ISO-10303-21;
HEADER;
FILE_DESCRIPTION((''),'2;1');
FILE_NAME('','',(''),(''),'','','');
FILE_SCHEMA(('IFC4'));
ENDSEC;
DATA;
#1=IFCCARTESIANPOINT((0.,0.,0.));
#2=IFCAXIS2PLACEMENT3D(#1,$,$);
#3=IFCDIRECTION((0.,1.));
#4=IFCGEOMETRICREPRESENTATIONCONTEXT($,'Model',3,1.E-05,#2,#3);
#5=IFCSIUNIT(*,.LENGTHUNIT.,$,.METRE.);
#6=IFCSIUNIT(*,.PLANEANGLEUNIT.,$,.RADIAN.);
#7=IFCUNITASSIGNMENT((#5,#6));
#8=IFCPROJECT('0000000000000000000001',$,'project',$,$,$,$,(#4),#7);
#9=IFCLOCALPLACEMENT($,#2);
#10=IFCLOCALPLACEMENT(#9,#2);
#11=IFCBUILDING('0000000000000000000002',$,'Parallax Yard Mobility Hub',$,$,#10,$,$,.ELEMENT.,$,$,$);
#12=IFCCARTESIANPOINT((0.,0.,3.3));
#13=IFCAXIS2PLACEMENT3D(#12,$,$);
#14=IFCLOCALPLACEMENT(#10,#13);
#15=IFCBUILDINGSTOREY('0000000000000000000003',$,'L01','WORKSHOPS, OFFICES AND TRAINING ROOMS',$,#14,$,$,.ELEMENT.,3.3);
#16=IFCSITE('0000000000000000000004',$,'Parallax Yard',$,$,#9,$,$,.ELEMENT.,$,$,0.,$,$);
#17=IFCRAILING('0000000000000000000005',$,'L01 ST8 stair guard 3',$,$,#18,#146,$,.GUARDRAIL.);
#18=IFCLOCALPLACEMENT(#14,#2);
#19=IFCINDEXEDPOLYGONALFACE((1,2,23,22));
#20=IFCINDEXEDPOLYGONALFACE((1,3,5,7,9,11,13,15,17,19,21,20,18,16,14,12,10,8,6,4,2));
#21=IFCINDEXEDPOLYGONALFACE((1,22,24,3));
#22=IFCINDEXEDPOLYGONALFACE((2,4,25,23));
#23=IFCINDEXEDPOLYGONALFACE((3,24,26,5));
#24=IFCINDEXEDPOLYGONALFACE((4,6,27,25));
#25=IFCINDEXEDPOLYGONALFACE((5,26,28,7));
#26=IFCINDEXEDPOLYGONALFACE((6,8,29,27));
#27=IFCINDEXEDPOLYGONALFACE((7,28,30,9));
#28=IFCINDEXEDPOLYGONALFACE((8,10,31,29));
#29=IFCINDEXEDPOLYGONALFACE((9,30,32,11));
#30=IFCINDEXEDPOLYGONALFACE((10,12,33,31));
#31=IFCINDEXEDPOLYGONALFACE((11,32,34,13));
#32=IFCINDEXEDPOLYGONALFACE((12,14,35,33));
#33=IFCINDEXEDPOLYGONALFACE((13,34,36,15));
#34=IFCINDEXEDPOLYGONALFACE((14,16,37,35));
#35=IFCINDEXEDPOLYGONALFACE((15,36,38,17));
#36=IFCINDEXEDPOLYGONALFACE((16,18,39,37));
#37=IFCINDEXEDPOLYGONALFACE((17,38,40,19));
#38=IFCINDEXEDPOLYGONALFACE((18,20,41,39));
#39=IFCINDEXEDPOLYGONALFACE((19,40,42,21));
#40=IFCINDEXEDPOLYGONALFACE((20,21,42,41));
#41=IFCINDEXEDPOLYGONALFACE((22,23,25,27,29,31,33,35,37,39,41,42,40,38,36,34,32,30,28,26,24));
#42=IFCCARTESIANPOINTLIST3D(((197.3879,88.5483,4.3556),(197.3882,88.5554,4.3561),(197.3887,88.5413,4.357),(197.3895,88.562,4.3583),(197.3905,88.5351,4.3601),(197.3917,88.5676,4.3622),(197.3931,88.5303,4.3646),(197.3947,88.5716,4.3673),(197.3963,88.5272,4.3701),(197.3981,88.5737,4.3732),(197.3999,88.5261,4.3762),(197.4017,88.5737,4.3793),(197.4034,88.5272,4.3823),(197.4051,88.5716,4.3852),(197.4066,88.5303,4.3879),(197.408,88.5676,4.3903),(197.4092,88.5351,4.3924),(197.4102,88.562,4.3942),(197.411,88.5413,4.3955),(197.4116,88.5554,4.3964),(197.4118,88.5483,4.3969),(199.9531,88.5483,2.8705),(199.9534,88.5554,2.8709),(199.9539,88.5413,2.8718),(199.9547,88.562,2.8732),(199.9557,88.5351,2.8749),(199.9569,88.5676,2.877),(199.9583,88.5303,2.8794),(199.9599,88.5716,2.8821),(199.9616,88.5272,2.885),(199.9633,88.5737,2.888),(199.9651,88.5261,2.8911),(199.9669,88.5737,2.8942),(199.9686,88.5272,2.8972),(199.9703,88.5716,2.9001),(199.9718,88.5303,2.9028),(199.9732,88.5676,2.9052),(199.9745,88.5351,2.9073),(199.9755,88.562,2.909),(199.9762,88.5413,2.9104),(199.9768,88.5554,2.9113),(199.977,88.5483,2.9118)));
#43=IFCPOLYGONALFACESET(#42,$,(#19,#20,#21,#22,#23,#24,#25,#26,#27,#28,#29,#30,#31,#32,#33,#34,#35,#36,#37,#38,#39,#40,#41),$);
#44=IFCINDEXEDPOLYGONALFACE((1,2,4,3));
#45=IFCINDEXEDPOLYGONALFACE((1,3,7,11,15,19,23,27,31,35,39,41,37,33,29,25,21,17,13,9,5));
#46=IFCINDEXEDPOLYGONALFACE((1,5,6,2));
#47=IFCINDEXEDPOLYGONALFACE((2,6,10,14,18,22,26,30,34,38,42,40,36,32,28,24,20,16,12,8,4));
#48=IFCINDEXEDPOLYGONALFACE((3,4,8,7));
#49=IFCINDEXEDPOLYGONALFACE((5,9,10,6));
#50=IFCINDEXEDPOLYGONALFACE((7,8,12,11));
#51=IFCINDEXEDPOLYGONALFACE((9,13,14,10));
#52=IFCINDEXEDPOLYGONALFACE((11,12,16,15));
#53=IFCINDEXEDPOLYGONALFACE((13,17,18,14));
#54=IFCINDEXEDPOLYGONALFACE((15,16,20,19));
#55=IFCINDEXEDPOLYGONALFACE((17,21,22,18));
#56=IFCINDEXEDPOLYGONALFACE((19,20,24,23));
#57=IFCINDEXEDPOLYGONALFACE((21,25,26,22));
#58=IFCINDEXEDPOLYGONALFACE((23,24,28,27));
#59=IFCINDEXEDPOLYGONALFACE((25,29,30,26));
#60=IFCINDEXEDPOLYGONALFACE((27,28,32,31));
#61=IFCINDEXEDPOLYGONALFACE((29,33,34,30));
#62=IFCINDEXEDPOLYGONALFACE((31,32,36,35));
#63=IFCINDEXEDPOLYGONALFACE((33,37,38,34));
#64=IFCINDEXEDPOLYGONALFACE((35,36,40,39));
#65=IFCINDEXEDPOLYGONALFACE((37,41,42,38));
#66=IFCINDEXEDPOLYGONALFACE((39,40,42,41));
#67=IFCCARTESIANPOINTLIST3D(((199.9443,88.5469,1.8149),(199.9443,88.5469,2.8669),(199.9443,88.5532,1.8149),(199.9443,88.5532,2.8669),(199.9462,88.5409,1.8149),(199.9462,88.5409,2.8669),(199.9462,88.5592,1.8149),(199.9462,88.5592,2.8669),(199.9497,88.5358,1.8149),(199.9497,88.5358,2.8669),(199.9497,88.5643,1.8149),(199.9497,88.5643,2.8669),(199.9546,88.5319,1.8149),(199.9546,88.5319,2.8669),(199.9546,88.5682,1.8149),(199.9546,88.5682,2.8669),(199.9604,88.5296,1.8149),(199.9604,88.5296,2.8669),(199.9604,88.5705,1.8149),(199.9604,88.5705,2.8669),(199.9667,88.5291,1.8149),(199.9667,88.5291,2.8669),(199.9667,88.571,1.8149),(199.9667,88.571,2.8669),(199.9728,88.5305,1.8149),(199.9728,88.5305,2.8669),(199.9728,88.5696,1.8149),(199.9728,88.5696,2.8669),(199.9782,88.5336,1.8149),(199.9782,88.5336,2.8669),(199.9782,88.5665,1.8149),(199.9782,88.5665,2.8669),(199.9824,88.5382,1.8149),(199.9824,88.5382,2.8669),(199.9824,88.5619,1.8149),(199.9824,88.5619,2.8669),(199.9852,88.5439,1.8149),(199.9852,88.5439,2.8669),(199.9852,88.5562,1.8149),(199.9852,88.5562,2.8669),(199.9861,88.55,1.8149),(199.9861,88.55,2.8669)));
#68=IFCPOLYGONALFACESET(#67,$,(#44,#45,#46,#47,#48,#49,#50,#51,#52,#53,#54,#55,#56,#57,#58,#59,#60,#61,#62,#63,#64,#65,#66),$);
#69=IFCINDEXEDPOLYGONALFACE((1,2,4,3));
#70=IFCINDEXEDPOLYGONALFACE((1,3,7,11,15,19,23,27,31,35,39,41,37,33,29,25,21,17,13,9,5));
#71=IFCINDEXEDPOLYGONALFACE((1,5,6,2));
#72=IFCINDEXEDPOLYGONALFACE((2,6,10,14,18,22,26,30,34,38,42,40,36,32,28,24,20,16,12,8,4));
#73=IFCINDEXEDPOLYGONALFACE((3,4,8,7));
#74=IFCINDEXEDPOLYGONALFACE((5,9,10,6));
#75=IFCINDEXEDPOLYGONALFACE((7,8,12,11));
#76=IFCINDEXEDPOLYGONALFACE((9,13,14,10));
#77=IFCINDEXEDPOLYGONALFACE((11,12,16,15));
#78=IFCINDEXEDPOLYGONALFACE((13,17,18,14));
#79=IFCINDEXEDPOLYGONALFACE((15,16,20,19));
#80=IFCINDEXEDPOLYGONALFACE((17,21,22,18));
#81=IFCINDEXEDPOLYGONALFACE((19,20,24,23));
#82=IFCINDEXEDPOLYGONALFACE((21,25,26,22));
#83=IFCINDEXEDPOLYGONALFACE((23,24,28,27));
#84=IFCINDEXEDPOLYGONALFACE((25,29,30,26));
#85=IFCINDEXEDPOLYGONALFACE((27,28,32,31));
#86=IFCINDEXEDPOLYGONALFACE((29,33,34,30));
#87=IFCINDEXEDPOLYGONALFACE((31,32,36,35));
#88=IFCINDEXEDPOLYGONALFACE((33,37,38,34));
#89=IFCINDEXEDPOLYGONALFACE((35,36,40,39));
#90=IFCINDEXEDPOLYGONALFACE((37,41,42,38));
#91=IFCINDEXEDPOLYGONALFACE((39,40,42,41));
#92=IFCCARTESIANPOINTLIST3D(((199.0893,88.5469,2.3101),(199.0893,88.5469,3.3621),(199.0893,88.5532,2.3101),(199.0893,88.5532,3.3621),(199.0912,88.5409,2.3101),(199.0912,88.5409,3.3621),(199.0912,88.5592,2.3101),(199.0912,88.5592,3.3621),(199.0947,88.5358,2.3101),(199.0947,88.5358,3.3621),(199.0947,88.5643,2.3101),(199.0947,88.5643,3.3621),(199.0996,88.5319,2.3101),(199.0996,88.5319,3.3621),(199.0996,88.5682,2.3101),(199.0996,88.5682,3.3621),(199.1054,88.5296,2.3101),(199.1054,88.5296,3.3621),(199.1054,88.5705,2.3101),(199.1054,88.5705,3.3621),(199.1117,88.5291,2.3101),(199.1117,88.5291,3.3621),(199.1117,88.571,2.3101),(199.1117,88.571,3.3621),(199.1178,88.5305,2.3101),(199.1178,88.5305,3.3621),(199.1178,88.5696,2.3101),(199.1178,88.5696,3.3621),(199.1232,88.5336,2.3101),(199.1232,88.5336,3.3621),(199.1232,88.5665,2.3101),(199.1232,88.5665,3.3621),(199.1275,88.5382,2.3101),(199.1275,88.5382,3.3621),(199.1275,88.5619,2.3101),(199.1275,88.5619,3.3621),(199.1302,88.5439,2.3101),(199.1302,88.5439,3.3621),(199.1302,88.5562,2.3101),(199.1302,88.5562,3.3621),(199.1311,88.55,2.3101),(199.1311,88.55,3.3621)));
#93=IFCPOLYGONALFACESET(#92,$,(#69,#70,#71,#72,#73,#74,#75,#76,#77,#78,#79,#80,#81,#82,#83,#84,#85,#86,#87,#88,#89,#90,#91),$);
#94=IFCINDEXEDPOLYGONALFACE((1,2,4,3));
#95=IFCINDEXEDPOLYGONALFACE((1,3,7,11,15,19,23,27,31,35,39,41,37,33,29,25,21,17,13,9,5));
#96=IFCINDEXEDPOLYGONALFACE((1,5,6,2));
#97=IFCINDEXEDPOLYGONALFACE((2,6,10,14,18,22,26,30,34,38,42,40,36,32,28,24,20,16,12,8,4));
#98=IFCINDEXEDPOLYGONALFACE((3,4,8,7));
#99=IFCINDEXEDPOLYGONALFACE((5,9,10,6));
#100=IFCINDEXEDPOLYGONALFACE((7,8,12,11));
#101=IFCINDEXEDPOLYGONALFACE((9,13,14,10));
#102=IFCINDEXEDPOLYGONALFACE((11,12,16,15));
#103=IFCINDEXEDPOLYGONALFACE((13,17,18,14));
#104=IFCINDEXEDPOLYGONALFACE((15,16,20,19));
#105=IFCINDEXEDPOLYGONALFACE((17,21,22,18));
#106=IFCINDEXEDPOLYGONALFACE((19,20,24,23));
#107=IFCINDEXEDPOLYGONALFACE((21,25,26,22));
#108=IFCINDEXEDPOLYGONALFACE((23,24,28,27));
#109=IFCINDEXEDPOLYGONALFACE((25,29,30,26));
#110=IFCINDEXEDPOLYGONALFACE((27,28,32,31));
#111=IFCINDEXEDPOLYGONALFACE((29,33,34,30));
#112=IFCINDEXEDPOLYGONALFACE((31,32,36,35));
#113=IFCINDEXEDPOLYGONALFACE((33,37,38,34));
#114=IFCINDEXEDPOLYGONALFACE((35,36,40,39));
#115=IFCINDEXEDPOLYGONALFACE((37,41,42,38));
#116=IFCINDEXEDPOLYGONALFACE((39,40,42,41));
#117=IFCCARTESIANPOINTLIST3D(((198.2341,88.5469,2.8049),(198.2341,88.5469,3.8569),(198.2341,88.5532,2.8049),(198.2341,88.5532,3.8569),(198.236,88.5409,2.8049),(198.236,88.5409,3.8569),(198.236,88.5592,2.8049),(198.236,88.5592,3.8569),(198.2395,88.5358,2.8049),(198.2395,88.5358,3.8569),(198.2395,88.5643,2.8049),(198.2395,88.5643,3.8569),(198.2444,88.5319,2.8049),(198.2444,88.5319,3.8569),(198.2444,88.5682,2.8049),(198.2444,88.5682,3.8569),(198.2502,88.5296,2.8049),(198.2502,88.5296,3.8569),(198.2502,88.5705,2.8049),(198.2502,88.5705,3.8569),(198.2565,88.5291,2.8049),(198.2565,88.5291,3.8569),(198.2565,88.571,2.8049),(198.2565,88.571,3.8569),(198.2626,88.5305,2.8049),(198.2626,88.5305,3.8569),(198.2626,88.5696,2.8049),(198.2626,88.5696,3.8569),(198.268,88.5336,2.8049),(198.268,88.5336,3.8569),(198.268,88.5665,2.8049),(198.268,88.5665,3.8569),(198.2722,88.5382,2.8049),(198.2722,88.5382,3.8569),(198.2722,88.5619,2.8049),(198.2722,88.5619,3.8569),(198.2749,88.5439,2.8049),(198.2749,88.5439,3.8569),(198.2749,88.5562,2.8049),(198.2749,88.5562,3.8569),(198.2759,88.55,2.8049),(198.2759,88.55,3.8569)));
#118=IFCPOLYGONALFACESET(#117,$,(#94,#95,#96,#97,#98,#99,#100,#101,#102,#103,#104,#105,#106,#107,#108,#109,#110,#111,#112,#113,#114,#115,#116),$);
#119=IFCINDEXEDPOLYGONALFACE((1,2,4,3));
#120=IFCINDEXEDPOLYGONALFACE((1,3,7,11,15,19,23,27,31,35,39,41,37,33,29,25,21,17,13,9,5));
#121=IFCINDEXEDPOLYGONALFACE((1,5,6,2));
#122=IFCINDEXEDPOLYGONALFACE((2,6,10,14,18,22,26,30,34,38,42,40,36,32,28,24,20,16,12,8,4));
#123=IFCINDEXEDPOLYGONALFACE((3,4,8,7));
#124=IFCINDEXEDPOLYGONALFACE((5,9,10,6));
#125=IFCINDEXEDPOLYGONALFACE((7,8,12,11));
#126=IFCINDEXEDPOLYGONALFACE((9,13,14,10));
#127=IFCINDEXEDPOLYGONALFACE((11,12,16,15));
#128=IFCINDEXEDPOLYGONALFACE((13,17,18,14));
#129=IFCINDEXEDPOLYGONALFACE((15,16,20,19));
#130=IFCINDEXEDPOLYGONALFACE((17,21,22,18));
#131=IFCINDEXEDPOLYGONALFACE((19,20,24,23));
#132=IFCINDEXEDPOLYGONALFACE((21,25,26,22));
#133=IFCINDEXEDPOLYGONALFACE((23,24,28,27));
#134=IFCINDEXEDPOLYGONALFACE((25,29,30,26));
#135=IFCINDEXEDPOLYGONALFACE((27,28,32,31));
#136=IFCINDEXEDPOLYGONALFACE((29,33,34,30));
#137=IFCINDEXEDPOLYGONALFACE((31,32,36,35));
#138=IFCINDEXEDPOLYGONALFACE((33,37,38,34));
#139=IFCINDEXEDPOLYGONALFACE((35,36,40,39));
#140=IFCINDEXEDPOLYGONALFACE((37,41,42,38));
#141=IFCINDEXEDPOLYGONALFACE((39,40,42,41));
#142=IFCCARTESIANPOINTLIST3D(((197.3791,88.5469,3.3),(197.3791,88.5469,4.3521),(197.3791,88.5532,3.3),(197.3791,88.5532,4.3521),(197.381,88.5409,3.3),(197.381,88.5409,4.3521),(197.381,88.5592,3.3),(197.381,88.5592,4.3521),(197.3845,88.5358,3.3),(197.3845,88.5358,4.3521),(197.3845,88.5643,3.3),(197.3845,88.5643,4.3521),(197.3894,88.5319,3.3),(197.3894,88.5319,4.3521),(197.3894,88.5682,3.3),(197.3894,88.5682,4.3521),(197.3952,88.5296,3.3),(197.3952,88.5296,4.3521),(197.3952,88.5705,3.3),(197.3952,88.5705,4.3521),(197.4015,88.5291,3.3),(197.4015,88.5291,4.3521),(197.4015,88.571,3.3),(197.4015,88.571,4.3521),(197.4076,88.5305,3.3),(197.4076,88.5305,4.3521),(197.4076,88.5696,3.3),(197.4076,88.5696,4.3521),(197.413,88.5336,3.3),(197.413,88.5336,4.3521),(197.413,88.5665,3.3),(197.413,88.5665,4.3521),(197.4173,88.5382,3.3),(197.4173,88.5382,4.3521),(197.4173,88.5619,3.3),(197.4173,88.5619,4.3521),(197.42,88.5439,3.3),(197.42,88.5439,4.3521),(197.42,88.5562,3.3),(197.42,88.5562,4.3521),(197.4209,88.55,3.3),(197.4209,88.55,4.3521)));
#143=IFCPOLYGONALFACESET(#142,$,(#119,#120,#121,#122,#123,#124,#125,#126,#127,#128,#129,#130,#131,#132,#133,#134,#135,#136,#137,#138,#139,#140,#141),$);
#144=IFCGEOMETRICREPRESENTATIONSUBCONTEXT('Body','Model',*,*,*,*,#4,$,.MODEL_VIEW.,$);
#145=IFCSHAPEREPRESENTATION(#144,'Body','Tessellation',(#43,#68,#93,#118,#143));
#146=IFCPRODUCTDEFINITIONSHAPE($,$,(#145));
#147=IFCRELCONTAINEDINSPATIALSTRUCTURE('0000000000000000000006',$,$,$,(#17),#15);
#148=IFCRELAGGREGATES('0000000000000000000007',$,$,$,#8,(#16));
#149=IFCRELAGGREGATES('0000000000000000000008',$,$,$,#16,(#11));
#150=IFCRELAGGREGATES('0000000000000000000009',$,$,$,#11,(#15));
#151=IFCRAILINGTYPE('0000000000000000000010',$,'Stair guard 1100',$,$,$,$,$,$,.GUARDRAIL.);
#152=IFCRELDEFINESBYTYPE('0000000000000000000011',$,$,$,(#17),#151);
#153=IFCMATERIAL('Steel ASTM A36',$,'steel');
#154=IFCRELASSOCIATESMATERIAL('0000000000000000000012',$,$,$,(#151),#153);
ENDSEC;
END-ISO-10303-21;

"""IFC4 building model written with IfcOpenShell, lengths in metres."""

from ifc_helpers import new_model, si_unit, direction, frame, origin, origin_2d, place, context, subcontext, project, spatial, circle, extrude, material, type_object, element, save


model = new_model("IFC4")

# Units and contexts
model_context = context("Model", 3, precision=1e-05, world=origin(), true_north=direction((0.0, 1.0)))
body_context = subcontext(model_context, "Body", "Model", "MODEL_VIEW")
ifc_project = project(units=[si_unit("LENGTHUNIT", "METRE"), si_unit("PLANEANGLEUNIT", "RADIAN")], contexts=[model_context])

# Site, building, storey
site_placement = place(None, origin())
site = spatial("IfcSite", under=ifc_project, at=site_placement, Name="Parallax Yard", CompositionType="ELEMENT", RefElevation=0.0)
building_placement = place(site_placement, origin())
building = spatial("IfcBuilding", under=site, at=building_placement, Name="Parallax Yard Mobility Hub", CompositionType="ELEMENT")
storey_placement = place(building_placement, frame((0.0, 0.0, 3.3)))
storey = spatial("IfcBuildingStorey", under=building, at=storey_placement, Name="L01", Description="WORKSHOPS, OFFICES AND TRAINING ROOMS", CompositionType="ELEMENT", Elevation=3.3)

# Railing
ifc_material_1 = material(Name="Steel ASTM A36", Category="steel")
railing_type_1 = type_object("IfcRailingType", Name="Stair guard 1100", PredefinedType="GUARDRAIL", material=ifc_material_1)
railing_1_placement = place(storey_placement, frame((199.9651, 88.55, 1.8149)))
element("IfcRailing", 1, at=railing_1_placement, inside=storey, type_object=railing_type_1, Name="L01 ST8 stair guard 3", PredefinedType="GUARDRAIL", context=body_context, shape_type="SweptSolid", body=[
    extrude(circle(Radius=0.0239, at=origin_2d()), frame((0.0, 0.0, 1.0762), z_axis=(-0.865426, 0.0, 0.501036), x_axis=(0.0, -1.0, 0.0)), (0.0, 0.0, 1.0), 2.9641),
    extrude(circle(Radius=0.021, at=origin_2d()), origin(), (0.0, 0.0, 1.0), 1.052),
    extrude(circle(Radius=0.021, at=origin_2d()), frame((-0.855, 0.0, 0.4951)), (0.0, 0.0, 1.0), 1.052),
    extrude(circle(Radius=0.021, at=origin_2d()), frame((-1.7102, 0.0, 0.99)), (0.0, 0.0, 1.0), 1.052),
    extrude(circle(Radius=0.021, at=origin_2d()), frame((-2.5652, 0.0, 1.4851)), (0.0, 0.0, 1.0), 1.052),
])

save(model, "model.ifc")
